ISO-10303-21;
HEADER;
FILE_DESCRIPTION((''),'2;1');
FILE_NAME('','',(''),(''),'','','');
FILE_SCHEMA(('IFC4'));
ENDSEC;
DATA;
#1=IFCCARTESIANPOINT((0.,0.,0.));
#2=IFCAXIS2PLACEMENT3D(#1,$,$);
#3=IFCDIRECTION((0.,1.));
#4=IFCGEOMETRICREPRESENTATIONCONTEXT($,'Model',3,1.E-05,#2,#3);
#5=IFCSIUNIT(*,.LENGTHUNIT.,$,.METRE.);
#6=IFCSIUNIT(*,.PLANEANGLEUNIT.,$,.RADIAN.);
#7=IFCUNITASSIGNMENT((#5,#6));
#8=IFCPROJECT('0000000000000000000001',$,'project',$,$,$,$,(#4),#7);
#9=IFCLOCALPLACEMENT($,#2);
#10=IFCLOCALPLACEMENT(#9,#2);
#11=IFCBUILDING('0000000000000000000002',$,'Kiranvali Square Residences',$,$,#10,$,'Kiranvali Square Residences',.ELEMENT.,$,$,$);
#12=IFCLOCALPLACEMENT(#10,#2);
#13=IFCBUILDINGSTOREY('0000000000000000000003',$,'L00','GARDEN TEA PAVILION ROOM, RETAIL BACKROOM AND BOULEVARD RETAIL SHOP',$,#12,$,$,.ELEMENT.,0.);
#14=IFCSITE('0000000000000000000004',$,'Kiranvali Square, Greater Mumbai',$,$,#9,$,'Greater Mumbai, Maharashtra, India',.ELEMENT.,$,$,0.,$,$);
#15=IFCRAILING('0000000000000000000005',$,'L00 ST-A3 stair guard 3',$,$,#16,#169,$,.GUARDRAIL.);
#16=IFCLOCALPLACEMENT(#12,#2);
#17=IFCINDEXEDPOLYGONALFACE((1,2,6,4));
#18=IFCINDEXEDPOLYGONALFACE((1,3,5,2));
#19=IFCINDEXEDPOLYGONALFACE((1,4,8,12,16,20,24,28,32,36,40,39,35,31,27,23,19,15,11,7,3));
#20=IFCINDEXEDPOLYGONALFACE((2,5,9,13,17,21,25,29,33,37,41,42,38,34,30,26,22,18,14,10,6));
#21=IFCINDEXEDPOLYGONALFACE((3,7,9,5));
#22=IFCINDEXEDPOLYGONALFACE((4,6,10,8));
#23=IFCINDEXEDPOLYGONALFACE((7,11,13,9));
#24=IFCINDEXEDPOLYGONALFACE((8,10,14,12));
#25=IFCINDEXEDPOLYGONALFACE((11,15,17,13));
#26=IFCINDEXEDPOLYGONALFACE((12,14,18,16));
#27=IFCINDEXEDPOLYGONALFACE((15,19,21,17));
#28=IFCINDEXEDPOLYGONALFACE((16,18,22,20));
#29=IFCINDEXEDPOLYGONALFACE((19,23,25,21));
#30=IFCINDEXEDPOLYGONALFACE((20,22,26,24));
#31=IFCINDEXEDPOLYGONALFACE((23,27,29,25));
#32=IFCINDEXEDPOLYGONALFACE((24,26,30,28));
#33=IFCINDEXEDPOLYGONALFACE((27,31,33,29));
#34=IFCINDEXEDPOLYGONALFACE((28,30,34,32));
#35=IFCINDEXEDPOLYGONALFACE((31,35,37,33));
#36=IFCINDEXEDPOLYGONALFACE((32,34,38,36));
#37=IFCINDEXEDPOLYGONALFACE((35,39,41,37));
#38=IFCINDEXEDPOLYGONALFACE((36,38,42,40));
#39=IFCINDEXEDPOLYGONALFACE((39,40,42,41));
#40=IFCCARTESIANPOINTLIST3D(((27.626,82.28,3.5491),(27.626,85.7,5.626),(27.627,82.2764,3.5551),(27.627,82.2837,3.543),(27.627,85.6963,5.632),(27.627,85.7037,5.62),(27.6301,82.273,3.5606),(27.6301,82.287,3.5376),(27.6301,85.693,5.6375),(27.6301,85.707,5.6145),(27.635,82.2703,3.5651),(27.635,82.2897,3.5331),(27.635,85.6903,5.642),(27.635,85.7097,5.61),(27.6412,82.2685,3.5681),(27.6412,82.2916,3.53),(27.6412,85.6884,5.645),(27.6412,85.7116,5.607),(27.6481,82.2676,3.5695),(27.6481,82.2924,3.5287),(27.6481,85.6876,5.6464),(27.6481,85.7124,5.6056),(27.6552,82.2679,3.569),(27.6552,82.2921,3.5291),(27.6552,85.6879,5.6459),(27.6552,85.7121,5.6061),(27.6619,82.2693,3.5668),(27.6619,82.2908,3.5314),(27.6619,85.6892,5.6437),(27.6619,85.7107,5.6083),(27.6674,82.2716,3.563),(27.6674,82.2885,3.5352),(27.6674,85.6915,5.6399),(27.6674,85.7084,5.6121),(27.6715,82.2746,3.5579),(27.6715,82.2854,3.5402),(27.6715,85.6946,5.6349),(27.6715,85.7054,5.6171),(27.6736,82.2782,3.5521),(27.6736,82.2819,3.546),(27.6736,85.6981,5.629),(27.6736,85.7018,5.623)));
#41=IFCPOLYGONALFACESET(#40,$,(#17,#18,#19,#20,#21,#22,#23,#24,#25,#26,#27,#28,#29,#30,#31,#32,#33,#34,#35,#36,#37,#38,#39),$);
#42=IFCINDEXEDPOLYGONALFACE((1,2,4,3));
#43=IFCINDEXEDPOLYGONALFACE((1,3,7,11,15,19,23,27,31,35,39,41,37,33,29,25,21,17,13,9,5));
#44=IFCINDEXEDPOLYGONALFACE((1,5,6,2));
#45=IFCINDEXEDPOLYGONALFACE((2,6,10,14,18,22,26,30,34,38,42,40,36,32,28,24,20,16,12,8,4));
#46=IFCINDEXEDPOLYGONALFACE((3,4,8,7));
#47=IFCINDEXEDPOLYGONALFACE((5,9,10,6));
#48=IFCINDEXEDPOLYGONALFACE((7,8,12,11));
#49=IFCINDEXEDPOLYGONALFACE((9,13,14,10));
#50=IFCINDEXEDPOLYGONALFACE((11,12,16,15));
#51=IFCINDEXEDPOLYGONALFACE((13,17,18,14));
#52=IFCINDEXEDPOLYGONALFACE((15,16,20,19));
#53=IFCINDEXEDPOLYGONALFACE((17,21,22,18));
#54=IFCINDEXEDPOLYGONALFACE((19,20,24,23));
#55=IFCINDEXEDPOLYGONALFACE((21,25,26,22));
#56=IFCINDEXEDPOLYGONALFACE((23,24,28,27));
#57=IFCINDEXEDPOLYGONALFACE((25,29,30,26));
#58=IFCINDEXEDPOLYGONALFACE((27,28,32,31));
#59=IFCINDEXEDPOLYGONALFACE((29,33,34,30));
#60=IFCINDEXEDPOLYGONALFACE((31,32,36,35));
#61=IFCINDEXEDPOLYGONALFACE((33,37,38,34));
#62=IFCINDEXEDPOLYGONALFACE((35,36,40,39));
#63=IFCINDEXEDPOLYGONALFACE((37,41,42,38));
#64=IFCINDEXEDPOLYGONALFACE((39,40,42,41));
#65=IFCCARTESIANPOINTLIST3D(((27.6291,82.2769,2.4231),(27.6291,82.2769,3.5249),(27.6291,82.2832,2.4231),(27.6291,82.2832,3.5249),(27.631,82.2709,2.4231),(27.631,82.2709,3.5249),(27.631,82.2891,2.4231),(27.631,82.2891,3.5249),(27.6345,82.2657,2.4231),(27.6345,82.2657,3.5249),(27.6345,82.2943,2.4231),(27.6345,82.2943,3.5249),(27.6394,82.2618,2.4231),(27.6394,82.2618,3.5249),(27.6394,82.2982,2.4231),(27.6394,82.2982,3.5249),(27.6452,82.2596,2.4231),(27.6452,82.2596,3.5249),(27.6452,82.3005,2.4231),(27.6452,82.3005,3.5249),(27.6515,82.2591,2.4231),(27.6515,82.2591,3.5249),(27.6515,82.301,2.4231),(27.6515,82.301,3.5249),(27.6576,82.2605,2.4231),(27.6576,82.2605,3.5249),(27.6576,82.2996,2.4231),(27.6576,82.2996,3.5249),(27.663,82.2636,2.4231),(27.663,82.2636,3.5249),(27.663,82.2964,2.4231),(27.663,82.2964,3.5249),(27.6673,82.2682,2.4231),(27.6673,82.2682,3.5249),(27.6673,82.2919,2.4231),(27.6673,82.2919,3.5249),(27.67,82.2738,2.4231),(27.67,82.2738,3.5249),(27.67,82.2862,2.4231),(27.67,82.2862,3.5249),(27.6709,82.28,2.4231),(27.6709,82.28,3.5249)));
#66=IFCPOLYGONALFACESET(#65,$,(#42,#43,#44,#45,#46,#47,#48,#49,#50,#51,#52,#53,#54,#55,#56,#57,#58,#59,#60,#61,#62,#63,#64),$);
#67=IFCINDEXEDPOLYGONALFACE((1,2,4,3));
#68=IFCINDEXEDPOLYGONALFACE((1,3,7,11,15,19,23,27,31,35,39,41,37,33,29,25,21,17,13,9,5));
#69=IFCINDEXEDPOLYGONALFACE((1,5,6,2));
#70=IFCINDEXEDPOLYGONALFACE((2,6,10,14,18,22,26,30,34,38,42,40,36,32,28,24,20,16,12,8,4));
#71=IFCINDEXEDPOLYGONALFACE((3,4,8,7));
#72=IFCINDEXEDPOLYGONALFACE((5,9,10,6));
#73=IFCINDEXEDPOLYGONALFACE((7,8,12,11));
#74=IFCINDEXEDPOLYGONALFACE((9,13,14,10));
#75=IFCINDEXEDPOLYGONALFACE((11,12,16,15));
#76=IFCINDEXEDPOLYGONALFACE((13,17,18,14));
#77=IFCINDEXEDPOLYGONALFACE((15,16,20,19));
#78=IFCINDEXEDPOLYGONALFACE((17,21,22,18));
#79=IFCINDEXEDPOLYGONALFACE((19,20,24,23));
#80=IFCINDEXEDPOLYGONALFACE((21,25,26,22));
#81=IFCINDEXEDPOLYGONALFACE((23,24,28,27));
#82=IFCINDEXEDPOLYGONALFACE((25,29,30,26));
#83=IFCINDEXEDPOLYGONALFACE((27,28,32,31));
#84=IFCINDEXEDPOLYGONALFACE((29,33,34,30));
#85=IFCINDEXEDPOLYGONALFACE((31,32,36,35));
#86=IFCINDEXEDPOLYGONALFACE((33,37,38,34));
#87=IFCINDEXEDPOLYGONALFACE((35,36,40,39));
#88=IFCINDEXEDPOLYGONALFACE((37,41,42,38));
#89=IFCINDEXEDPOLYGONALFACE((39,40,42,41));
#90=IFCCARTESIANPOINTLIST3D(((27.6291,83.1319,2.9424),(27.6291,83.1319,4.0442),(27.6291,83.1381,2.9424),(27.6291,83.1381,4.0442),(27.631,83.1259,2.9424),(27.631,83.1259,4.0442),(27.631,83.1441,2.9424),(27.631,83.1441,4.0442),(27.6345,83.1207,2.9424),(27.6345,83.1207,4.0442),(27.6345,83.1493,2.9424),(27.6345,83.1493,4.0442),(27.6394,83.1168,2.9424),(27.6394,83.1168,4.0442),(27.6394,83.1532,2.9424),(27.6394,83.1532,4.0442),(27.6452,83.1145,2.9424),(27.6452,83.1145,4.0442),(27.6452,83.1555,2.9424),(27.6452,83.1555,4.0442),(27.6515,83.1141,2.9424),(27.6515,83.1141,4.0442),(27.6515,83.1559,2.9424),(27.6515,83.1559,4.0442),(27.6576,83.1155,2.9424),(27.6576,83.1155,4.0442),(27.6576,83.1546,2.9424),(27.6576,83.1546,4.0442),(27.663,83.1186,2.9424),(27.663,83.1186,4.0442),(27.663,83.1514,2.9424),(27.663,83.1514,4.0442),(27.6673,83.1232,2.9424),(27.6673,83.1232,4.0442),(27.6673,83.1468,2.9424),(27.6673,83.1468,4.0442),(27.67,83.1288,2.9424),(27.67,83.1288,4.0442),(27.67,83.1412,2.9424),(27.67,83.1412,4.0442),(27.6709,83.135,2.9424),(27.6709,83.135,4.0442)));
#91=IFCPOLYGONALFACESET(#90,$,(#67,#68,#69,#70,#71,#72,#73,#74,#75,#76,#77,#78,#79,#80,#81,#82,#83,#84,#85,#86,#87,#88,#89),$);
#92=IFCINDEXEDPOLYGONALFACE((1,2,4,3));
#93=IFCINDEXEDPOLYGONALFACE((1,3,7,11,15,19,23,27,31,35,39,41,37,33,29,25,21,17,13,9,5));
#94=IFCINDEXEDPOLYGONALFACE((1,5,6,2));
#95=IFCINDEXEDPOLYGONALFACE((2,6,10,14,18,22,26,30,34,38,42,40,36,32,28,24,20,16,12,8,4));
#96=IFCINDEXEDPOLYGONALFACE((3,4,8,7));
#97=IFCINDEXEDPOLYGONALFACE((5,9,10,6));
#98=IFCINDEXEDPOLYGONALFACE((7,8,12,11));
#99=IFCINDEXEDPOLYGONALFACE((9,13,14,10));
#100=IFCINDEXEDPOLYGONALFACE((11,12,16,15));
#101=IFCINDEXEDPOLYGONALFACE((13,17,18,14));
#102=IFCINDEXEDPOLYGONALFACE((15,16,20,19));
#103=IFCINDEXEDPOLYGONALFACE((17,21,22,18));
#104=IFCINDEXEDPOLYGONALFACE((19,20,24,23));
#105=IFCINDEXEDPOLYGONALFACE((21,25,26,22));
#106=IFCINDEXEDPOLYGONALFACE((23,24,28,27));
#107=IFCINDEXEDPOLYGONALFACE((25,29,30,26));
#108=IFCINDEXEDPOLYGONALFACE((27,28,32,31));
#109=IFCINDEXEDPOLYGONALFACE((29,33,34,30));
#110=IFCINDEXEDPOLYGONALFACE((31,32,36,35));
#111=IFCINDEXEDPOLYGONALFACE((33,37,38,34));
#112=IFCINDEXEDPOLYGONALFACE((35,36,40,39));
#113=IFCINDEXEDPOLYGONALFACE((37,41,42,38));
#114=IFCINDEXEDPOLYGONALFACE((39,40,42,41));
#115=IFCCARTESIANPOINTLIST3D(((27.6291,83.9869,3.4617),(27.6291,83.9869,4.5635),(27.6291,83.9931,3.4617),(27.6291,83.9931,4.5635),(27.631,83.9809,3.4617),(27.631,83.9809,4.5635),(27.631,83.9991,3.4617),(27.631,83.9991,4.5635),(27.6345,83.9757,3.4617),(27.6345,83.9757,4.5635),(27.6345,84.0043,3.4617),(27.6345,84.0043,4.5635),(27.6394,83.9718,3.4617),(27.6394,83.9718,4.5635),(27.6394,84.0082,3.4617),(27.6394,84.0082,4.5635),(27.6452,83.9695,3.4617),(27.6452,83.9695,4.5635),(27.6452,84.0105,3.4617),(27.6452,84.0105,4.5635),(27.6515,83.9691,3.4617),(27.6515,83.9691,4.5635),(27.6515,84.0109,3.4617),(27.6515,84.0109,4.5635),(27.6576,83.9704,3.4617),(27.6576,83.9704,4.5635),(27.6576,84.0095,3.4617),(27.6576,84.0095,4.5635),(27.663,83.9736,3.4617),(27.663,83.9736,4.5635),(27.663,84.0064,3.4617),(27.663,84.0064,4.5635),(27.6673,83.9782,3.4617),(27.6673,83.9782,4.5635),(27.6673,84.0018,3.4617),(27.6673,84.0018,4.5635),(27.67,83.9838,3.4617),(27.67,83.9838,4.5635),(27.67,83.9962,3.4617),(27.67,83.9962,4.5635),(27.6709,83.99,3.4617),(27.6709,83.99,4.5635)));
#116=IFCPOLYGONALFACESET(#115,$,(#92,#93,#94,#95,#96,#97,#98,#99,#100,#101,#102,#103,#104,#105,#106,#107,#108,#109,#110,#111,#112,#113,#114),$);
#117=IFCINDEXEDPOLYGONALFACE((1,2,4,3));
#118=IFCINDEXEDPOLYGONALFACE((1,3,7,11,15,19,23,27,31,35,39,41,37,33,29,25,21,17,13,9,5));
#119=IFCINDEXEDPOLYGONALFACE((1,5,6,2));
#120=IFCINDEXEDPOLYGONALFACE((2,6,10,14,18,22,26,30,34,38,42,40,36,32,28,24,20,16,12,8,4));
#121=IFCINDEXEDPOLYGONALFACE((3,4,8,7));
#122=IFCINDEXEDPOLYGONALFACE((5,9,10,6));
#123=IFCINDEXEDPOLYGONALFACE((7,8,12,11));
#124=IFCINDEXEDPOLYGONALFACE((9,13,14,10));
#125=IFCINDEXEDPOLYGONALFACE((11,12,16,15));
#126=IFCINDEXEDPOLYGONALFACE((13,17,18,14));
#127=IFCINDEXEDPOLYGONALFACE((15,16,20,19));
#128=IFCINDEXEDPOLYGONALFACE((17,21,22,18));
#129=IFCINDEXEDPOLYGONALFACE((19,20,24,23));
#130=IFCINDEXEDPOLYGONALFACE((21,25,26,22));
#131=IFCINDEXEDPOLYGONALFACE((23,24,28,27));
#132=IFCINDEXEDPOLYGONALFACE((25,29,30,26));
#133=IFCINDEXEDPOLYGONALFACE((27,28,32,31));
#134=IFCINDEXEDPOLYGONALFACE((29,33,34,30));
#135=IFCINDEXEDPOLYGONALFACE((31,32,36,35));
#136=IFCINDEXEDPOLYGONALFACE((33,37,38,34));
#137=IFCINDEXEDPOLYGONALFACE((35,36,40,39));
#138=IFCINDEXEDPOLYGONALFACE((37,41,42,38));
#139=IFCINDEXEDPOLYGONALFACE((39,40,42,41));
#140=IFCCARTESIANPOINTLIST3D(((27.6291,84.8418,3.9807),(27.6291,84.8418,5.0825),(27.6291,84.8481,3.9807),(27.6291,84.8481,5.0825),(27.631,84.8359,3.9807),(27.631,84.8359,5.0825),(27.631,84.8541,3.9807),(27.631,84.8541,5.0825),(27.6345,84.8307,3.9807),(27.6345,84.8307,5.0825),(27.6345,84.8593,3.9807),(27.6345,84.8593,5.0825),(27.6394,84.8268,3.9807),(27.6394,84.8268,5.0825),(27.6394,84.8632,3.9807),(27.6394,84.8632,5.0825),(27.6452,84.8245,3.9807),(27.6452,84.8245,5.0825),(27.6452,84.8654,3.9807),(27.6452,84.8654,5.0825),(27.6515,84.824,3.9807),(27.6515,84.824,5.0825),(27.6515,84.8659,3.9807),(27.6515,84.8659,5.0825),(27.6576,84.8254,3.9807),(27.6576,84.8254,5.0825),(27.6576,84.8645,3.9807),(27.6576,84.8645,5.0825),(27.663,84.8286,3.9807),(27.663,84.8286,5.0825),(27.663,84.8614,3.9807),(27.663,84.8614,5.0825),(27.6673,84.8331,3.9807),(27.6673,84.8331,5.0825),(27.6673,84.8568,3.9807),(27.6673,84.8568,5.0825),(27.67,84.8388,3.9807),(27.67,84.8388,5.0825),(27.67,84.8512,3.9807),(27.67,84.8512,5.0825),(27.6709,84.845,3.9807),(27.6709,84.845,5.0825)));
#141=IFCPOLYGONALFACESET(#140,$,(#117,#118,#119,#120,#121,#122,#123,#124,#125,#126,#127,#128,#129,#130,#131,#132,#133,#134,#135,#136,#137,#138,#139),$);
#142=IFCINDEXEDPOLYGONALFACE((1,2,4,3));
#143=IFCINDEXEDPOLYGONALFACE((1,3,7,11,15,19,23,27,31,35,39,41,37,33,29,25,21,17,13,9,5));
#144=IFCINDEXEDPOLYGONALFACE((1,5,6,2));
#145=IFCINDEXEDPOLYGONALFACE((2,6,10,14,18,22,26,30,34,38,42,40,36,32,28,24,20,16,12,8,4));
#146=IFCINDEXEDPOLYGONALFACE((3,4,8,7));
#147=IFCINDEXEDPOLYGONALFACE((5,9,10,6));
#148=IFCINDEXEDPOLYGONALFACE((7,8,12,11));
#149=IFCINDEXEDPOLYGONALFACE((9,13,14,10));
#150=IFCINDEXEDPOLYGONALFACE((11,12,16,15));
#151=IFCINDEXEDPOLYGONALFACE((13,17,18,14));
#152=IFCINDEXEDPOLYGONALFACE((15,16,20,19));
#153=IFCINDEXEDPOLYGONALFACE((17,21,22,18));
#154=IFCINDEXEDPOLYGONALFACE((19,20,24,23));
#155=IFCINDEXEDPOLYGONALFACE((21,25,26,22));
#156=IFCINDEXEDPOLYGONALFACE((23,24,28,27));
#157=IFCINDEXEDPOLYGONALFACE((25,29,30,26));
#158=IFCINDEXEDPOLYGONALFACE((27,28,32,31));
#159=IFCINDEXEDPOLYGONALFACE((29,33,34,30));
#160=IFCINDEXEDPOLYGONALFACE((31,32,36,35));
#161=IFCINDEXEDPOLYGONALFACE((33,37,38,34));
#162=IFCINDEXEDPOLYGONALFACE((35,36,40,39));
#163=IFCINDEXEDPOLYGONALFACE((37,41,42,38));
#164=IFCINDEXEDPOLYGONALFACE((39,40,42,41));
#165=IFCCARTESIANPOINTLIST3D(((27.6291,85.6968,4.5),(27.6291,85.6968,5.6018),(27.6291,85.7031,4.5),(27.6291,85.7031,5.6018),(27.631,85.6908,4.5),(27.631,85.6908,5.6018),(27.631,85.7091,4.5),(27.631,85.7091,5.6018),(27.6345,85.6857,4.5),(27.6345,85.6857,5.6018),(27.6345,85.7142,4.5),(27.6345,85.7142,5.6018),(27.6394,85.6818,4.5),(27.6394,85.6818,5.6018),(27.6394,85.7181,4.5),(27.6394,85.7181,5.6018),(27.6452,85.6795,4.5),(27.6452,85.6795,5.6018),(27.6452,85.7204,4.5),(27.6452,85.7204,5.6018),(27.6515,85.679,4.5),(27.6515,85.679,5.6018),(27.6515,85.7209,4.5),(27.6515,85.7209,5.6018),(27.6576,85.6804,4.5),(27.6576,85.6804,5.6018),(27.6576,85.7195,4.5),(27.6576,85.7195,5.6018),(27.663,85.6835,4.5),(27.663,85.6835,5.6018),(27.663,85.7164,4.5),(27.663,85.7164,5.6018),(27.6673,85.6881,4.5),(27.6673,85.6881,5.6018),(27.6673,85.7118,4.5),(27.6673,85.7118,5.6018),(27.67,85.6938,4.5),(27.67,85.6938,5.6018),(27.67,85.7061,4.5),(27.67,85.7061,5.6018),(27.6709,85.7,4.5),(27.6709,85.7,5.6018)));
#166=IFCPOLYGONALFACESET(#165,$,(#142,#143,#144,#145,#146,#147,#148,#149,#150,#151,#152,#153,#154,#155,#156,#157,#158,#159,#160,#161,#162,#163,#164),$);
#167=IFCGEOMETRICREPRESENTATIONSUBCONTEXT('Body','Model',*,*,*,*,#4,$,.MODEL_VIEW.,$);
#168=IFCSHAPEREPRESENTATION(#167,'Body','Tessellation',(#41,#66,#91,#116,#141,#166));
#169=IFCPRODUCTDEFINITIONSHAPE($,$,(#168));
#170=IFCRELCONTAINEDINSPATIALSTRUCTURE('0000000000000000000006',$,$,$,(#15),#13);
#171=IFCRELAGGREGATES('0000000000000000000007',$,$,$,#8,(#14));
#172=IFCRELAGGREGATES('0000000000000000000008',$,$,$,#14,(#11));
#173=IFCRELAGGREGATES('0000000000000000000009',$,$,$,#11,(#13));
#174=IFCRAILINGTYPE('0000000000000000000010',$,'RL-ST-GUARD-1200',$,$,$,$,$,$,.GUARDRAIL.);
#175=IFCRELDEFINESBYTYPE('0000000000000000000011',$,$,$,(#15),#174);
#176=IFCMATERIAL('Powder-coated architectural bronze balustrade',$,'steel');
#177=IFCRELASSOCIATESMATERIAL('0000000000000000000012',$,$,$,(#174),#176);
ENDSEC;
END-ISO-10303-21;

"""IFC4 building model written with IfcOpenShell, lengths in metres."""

from ifc_helpers import new_model, si_unit, direction, frame, origin, origin_2d, place, context, subcontext, project, spatial, circle, extrude, material, type_object, element, save


model = new_model("IFC4")

# Units and contexts
model_context = context("Model", 3, precision=1e-05, world=origin(), true_north=direction((0.0, 1.0)))
body_context = subcontext(model_context, "Body", "Model", "MODEL_VIEW")
ifc_project = project(units=[si_unit("LENGTHUNIT", "METRE"), si_unit("PLANEANGLEUNIT", "RADIAN")], contexts=[model_context])

# Site, building, storey
site_placement = place(None, origin())
site = spatial("IfcSite", under=ifc_project, at=site_placement, Name="Kiranvali Square, Greater Mumbai", LongName="Greater Mumbai, Maharashtra, India", CompositionType="ELEMENT", RefElevation=0.0)
building_placement = place(site_placement, origin())
building = spatial("IfcBuilding", under=site, at=building_placement, Name="Kiranvali Square Residences", LongName="Kiranvali Square Residences", CompositionType="ELEMENT")
storey_placement = place(building_placement, origin())
storey = spatial("IfcBuildingStorey", under=building, at=storey_placement, Name="L00", Description="GARDEN TEA PAVILION ROOM, RETAIL BACKROOM AND BOULEVARD RETAIL SHOP", CompositionType="ELEMENT", Elevation=0.0)

# Railing
ifc_material_1 = material(Name="Powder-coated architectural bronze balustrade", Category="steel")
railing_type_1 = type_object("IfcRailingType", Name="RL-ST-GUARD-1200", PredefinedType="GUARDRAIL", material=ifc_material_1)
railing_1_placement = place(storey_placement, frame((27.6499, 82.28, 2.4231)))
element("IfcRailing", 1, at=railing_1_placement, inside=storey, type_object=railing_type_1, Name="L00 ST-A3 stair guard 3", PredefinedType="GUARDRAIL", context=body_context, shape_type="SweptSolid", body=[
    extrude(circle(Radius=0.0239, at=origin_2d()), frame((0.0, 0.0, 1.126), z_axis=(0.0, 0.85473, 0.519074), x_axis=(-1.0, 0.0, 0.0)), (0.0, 0.0, 1.0), 4.0012),
    extrude(circle(Radius=0.021, at=origin_2d()), origin(), (0.0, 0.0, 1.0), 1.1018),
    extrude(circle(Radius=0.021, at=origin_2d()), frame((0.0, 0.855, 0.5193)), (0.0, 0.0, 1.0), 1.1018),
    extrude(circle(Radius=0.021, at=origin_2d()), frame((0.0, 1.71, 1.0386)), (0.0, 0.0, 1.0), 1.1018),
    extrude(circle(Radius=0.021, at=origin_2d()), frame((0.0, 2.5649, 1.5576)), (0.0, 0.0, 1.0), 1.1018),
    extrude(circle(Radius=0.021, at=origin_2d()), frame((0.0, 3.4199, 2.0769)), (0.0, 0.0, 1.0), 1.1018),
])

save(model, "model.ifc")
